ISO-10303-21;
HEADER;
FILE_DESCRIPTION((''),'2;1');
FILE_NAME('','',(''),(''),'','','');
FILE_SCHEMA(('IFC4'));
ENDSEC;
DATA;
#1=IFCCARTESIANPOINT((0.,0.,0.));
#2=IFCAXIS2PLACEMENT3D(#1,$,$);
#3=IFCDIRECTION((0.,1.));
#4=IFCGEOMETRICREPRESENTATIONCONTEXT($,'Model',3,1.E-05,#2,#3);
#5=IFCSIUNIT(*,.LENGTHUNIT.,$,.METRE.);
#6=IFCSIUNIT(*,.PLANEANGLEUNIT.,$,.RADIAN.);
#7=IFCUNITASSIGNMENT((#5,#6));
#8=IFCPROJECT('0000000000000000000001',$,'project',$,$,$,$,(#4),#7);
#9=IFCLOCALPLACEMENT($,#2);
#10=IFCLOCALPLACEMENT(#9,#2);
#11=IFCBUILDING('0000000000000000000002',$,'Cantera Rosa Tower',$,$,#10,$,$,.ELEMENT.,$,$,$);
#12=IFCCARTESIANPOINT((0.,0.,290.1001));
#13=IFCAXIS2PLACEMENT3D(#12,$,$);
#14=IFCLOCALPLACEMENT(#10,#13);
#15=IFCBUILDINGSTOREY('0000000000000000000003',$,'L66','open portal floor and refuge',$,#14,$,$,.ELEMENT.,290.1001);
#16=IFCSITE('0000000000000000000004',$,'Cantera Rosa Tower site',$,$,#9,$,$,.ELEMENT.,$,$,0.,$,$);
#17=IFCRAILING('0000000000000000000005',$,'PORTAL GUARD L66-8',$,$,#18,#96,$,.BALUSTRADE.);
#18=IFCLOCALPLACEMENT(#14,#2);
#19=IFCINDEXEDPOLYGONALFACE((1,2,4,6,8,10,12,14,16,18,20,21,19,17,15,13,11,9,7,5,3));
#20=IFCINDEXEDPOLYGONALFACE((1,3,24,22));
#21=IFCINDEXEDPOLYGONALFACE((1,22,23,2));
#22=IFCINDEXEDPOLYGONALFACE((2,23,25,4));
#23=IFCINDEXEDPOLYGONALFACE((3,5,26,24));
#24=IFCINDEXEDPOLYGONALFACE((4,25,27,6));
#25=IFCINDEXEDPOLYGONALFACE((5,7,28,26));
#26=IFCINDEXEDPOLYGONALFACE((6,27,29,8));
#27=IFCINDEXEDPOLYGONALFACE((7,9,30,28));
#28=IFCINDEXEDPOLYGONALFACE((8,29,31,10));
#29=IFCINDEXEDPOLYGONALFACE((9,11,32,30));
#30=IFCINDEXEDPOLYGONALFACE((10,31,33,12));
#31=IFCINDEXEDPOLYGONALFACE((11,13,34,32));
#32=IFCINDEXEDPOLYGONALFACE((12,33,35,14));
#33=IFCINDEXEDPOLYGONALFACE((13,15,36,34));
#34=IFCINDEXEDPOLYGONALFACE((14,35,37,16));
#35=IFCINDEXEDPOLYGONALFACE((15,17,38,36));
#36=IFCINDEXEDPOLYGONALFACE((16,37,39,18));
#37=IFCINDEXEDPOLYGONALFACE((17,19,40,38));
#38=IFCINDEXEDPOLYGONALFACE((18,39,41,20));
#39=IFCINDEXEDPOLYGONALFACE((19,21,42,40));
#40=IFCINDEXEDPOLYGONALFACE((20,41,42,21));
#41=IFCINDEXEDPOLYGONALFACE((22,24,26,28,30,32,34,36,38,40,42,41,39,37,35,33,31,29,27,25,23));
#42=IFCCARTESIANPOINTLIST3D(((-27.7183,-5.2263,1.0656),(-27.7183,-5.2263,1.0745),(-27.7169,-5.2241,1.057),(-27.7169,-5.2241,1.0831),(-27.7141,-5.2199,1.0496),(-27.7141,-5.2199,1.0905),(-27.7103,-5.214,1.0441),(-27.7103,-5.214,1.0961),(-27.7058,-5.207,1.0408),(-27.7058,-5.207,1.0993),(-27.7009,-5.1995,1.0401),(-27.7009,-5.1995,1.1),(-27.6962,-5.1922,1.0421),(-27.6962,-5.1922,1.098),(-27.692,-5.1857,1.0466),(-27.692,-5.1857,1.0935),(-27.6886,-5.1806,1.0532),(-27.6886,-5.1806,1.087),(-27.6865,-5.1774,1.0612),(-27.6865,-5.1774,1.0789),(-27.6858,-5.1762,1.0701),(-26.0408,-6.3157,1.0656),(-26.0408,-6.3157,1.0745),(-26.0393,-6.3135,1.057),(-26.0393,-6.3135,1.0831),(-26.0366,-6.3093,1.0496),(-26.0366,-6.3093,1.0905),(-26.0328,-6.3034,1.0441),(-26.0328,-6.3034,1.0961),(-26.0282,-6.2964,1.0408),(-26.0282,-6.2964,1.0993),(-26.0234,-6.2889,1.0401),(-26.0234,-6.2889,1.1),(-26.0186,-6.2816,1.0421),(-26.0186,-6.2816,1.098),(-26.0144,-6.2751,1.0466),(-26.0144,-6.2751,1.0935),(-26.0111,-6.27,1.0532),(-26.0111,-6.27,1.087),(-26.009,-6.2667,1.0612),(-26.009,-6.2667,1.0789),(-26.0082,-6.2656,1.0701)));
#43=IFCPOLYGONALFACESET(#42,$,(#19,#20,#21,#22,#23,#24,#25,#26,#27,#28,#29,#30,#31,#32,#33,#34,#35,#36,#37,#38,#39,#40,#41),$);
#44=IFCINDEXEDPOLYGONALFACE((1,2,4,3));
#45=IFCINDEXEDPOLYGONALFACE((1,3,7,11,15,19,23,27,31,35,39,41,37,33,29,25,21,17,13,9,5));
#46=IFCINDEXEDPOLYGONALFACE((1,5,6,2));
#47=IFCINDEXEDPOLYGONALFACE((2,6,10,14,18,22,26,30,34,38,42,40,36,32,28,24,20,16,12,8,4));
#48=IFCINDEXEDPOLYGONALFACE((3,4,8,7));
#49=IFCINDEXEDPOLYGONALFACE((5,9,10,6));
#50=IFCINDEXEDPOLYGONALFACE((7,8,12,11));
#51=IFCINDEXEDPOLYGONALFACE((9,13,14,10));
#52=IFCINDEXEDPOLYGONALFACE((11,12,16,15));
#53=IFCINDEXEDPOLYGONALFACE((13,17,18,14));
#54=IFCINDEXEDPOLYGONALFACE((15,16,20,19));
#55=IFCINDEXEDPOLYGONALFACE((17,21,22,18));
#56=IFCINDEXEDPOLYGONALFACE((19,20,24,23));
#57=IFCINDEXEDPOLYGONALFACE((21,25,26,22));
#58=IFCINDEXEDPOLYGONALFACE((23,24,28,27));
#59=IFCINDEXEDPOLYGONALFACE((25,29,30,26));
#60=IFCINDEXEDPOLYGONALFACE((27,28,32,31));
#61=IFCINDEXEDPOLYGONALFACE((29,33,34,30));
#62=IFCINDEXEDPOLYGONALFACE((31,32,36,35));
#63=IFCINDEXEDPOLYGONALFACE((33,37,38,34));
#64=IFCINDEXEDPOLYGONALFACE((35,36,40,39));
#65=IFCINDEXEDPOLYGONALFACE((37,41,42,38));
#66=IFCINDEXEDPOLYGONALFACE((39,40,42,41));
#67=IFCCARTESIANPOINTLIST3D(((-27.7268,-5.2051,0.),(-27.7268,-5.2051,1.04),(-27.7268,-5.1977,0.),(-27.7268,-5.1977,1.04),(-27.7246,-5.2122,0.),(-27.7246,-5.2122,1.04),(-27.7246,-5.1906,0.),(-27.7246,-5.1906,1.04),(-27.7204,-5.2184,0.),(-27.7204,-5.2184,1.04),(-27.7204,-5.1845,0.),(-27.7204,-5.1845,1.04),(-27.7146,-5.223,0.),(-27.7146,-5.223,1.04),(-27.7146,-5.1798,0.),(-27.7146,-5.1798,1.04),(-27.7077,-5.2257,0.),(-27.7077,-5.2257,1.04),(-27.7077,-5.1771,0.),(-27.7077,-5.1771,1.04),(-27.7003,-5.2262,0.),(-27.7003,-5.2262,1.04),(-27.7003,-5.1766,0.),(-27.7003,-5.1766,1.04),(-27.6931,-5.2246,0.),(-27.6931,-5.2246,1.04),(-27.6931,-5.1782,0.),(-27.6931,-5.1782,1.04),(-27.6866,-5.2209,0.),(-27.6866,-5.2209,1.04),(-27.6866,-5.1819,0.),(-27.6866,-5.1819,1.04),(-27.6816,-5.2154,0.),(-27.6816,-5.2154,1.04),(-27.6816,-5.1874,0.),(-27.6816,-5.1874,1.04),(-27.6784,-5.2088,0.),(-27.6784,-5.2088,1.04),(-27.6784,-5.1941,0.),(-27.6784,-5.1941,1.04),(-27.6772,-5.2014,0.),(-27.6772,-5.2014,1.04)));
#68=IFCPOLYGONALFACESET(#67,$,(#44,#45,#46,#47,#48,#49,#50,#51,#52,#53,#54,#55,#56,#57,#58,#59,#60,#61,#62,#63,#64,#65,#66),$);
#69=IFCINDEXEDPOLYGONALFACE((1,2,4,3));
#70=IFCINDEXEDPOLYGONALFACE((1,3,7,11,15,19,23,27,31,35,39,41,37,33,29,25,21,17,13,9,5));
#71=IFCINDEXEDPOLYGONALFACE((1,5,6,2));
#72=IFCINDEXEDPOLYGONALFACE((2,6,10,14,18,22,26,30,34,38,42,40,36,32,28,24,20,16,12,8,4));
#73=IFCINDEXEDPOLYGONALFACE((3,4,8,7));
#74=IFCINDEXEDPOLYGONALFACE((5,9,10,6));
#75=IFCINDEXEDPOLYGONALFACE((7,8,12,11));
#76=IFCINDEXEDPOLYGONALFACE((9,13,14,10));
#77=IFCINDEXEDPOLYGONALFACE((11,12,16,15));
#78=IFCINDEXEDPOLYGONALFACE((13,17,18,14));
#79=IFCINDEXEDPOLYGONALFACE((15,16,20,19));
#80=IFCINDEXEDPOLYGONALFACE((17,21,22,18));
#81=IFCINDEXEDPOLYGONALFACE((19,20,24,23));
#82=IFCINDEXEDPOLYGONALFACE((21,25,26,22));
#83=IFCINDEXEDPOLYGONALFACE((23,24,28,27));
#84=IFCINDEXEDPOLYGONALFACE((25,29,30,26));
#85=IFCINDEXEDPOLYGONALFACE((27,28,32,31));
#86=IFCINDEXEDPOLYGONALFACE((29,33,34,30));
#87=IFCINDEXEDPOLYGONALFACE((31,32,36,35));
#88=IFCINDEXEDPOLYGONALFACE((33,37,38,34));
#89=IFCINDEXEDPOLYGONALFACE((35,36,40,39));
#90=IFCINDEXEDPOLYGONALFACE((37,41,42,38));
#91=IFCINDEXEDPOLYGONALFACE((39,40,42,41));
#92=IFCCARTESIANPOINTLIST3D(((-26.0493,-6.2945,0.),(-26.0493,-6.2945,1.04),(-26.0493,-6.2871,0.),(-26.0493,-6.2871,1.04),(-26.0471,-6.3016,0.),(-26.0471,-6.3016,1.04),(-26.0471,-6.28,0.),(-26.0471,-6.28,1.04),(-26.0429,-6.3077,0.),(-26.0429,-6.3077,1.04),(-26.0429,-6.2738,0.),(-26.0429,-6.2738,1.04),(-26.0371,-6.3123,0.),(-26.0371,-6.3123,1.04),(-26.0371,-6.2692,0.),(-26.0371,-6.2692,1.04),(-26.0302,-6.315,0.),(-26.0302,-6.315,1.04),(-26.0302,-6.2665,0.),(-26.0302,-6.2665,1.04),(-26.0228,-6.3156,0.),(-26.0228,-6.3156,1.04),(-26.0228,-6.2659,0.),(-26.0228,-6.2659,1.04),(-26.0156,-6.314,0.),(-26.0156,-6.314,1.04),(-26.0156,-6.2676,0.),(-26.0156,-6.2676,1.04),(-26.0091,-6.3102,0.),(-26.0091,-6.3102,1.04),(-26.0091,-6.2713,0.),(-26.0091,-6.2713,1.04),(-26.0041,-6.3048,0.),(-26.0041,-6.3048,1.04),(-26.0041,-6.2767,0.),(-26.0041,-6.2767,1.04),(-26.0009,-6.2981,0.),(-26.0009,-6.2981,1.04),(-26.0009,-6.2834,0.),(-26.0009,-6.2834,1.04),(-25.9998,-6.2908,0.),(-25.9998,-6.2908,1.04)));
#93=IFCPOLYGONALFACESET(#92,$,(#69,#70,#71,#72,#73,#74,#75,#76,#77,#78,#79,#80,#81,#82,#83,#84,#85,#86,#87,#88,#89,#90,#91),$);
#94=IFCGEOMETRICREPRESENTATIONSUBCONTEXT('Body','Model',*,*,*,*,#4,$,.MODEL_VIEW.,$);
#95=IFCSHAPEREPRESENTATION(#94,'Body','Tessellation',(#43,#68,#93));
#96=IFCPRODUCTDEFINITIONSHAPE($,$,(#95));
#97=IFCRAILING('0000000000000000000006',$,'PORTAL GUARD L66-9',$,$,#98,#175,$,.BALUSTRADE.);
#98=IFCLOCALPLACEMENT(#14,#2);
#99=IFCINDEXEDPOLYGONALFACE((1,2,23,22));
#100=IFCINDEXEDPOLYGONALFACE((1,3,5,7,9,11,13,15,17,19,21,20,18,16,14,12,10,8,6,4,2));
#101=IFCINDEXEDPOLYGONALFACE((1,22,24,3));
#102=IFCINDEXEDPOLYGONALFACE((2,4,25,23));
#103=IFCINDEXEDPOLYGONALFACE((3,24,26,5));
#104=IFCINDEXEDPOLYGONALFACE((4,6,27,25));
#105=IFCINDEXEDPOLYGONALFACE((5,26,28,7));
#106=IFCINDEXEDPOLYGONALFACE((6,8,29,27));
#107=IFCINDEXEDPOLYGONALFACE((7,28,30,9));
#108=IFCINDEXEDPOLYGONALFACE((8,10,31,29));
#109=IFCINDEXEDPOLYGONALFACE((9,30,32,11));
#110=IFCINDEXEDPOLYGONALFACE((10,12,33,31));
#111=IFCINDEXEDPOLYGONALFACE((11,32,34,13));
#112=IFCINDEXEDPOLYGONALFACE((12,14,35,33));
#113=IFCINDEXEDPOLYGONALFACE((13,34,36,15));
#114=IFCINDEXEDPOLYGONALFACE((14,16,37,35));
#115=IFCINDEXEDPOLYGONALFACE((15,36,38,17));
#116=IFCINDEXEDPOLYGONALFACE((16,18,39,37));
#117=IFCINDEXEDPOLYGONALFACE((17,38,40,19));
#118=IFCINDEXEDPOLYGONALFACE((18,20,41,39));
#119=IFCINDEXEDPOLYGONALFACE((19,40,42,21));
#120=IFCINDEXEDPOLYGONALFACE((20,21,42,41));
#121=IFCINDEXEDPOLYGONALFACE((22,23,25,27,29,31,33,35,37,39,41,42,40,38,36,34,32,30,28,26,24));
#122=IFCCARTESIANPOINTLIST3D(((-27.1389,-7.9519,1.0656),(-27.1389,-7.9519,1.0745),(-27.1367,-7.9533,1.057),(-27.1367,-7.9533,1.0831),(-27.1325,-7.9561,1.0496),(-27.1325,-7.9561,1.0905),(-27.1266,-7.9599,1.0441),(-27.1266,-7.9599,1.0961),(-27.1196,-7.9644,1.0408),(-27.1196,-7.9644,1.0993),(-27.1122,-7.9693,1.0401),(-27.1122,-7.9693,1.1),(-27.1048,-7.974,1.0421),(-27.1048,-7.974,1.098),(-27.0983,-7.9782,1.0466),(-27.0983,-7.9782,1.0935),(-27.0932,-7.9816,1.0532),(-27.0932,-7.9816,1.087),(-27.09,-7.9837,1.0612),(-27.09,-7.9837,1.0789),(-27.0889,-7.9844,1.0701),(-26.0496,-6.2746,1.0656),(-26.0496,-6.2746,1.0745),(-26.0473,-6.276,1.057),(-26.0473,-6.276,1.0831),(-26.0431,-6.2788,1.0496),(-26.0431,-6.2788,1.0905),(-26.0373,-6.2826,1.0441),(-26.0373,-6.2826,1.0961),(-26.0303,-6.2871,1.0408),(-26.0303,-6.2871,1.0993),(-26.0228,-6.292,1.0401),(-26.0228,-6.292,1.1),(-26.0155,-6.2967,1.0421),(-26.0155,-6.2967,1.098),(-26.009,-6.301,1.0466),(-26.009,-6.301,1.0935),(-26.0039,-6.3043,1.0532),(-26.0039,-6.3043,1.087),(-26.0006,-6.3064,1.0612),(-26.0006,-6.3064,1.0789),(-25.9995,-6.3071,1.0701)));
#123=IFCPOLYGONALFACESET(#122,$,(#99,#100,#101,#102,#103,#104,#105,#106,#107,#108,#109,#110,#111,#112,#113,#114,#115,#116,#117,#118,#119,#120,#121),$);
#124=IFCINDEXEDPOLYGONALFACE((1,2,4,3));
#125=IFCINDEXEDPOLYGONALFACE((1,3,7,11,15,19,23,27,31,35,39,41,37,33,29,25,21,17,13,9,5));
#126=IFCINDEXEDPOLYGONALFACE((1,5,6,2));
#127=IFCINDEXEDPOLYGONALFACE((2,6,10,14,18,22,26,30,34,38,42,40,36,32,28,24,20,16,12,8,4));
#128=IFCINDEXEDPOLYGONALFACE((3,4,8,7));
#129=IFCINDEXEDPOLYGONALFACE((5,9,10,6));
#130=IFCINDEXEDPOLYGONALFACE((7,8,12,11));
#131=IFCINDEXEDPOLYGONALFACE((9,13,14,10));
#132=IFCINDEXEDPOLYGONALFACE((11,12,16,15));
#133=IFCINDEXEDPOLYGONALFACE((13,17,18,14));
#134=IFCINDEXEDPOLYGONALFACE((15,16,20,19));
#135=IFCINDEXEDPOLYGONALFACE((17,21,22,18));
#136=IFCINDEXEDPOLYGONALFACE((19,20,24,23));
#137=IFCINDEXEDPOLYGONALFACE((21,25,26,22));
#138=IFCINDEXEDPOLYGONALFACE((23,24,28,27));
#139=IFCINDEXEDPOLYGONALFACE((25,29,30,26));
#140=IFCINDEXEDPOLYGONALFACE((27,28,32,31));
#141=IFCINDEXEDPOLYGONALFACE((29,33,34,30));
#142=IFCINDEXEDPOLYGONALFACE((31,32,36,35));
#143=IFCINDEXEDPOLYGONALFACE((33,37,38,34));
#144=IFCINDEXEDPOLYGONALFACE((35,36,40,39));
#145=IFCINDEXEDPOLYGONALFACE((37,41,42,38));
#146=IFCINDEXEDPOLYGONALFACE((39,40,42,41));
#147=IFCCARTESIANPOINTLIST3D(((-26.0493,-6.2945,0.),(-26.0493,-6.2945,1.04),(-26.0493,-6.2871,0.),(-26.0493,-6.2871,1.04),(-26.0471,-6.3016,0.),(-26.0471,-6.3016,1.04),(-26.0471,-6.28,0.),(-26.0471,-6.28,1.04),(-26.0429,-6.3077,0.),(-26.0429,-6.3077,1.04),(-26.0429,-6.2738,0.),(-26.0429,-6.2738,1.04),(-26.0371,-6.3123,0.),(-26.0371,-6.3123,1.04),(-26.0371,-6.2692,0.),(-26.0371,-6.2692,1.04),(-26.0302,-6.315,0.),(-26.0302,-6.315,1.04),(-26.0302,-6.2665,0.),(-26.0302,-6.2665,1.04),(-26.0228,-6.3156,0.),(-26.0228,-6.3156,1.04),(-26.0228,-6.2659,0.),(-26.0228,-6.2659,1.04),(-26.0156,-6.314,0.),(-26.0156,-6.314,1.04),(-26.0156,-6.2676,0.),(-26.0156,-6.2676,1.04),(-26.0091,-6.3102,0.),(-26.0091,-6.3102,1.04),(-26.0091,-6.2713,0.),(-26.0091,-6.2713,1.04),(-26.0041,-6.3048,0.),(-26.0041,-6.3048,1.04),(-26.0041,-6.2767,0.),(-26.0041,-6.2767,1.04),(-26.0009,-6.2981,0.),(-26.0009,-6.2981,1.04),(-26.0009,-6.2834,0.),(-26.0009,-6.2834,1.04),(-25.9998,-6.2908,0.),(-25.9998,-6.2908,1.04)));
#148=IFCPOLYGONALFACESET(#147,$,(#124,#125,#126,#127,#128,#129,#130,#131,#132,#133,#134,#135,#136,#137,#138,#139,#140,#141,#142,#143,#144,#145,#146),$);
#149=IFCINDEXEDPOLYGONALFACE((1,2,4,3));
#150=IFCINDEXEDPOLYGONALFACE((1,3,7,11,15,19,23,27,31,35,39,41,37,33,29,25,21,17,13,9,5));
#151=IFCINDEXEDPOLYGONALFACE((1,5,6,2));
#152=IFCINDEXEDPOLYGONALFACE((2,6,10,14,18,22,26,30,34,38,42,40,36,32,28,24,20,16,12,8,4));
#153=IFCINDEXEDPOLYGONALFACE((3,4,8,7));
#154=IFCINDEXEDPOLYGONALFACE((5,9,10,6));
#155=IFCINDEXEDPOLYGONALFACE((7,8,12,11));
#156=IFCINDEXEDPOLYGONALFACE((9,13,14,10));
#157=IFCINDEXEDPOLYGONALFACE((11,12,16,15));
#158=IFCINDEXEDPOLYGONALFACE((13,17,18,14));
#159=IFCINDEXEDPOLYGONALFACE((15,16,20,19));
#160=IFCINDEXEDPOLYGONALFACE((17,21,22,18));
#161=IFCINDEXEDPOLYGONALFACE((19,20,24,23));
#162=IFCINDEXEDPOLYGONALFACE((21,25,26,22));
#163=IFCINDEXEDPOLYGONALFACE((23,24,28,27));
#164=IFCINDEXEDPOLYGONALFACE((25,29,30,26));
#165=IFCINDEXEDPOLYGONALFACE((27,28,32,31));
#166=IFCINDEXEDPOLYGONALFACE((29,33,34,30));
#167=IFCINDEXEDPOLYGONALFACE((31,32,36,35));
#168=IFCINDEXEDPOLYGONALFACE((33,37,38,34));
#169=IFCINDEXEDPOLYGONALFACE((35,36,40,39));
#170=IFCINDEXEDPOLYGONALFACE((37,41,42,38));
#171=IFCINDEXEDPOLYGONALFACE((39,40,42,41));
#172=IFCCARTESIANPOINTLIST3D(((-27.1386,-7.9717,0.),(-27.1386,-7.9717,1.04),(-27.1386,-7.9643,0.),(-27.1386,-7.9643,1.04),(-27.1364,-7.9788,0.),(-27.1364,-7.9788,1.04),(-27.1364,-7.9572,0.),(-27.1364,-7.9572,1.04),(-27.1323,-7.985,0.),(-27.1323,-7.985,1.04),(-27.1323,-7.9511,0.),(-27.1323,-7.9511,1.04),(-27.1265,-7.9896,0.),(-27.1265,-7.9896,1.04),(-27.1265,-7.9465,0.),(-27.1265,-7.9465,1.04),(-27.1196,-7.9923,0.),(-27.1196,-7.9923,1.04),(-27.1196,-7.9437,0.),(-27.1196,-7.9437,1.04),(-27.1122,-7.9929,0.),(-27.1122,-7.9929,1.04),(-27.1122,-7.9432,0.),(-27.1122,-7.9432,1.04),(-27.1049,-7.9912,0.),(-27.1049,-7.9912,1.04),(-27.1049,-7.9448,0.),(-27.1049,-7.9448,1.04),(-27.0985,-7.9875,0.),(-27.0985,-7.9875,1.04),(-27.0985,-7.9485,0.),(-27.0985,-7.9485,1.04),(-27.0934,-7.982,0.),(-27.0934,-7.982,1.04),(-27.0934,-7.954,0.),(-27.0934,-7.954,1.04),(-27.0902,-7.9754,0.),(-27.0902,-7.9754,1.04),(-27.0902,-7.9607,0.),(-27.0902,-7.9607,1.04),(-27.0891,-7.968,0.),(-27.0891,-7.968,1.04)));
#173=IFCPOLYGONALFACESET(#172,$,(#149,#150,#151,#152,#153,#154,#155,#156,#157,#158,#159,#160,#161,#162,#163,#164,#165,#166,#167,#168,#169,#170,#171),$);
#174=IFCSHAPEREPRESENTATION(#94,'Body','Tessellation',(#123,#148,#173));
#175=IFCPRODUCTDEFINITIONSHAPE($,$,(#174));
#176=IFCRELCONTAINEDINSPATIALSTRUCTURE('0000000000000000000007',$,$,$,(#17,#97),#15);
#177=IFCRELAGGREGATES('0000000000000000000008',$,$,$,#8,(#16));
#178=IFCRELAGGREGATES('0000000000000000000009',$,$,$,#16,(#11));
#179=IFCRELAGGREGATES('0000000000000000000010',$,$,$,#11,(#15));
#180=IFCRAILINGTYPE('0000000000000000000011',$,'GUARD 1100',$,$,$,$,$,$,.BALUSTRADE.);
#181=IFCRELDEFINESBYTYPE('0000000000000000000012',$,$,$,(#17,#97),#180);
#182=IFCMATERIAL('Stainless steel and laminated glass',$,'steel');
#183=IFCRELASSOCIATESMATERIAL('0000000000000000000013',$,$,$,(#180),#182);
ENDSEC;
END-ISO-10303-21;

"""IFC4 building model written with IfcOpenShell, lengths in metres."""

from ifc_helpers import new_model, si_unit, direction, frame, origin, origin_2d, place, context, subcontext, project, spatial, circle, extrude, material, type_object, element, save


model = new_model("IFC4")

# Units and contexts
model_context = context("Model", 3, precision=1e-05, world=origin(), true_north=direction((0.0, 1.0)))
body_context = subcontext(model_context, "Body", "Model", "MODEL_VIEW")
ifc_project = project(units=[si_unit("LENGTHUNIT", "METRE"), si_unit("PLANEANGLEUNIT", "RADIAN")], contexts=[model_context])

# Site, building, storey
site_placement = place(None, origin())
site = spatial("IfcSite", under=ifc_project, at=site_placement, Name="Cantera Rosa Tower site", CompositionType="ELEMENT", RefElevation=0.0)
building_placement = place(site_placement, origin())
building = spatial("IfcBuilding", under=site, at=building_placement, Name="Cantera Rosa Tower", CompositionType="ELEMENT")
storey_placement = place(building_placement, frame((0.0, 0.0, 290.1001)))
storey = spatial("IfcBuildingStorey", under=building, at=storey_placement, Name="L66", Description="open portal floor and refuge", CompositionType="ELEMENT", Elevation=290.1001)

# Railings
ifc_material_1 = material(Name="Stainless steel and laminated glass", Category="steel")
railing_type_1 = type_object("IfcRailingType", Name="GUARD 1100", PredefinedType="BALUSTRADE", material=ifc_material_1)
railing_1_placement = place(storey_placement, frame((-27.7021, -5.2014, 0.0)))
element("IfcRailing", 1, at=railing_1_placement, inside=storey, type_object=railing_type_1, Name="PORTAL GUARD L66-8", PredefinedType="BALUSTRADE", context=body_context, shape_type="SweptSolid", body=[
    extrude(circle(Radius=0.03, at=origin_2d()), frame((0.0, 0.0, 1.0701), z_axis=(0.838675, -0.544632, 0.0), x_axis=(0.544632, 0.838675, 0.0)), (0.0, 0.0, 1.0), 2.0002),
    extrude(circle(Radius=0.0249, at=origin_2d()), origin(), (0.0, 0.0, 1.0), 1.04),
    extrude(circle(Radius=0.0249, at=origin_2d()), frame((1.6775, -1.0894, 0.0)), (0.0, 0.0, 1.0), 1.04),
])
railing_2_placement = place(storey_placement, frame((-26.0247, -6.2908, 0.0)))
element("IfcRailing", 2, at=railing_2_placement, inside=storey, type_object=railing_type_1, Name="PORTAL GUARD L66-9", PredefinedType="BALUSTRADE", context=body_context, shape_type="SweptSolid", body=[
    extrude(circle(Radius=0.03, at=origin_2d()), frame((0.0, 0.0, 1.0701), z_axis=(-0.544688, -0.838639, 0.0), x_axis=(0.838639, -0.544688, 0.0)), (0.0, 0.0, 1.0), 2.0),
    extrude(circle(Radius=0.0249, at=origin_2d()), origin(), (0.0, 0.0, 1.0), 1.04),
    extrude(circle(Radius=0.0249, at=origin_2d()), frame((-1.0894, -1.6772, 0.0)), (0.0, 0.0, 1.0), 1.04),
])

save(model, "model.ifc")
